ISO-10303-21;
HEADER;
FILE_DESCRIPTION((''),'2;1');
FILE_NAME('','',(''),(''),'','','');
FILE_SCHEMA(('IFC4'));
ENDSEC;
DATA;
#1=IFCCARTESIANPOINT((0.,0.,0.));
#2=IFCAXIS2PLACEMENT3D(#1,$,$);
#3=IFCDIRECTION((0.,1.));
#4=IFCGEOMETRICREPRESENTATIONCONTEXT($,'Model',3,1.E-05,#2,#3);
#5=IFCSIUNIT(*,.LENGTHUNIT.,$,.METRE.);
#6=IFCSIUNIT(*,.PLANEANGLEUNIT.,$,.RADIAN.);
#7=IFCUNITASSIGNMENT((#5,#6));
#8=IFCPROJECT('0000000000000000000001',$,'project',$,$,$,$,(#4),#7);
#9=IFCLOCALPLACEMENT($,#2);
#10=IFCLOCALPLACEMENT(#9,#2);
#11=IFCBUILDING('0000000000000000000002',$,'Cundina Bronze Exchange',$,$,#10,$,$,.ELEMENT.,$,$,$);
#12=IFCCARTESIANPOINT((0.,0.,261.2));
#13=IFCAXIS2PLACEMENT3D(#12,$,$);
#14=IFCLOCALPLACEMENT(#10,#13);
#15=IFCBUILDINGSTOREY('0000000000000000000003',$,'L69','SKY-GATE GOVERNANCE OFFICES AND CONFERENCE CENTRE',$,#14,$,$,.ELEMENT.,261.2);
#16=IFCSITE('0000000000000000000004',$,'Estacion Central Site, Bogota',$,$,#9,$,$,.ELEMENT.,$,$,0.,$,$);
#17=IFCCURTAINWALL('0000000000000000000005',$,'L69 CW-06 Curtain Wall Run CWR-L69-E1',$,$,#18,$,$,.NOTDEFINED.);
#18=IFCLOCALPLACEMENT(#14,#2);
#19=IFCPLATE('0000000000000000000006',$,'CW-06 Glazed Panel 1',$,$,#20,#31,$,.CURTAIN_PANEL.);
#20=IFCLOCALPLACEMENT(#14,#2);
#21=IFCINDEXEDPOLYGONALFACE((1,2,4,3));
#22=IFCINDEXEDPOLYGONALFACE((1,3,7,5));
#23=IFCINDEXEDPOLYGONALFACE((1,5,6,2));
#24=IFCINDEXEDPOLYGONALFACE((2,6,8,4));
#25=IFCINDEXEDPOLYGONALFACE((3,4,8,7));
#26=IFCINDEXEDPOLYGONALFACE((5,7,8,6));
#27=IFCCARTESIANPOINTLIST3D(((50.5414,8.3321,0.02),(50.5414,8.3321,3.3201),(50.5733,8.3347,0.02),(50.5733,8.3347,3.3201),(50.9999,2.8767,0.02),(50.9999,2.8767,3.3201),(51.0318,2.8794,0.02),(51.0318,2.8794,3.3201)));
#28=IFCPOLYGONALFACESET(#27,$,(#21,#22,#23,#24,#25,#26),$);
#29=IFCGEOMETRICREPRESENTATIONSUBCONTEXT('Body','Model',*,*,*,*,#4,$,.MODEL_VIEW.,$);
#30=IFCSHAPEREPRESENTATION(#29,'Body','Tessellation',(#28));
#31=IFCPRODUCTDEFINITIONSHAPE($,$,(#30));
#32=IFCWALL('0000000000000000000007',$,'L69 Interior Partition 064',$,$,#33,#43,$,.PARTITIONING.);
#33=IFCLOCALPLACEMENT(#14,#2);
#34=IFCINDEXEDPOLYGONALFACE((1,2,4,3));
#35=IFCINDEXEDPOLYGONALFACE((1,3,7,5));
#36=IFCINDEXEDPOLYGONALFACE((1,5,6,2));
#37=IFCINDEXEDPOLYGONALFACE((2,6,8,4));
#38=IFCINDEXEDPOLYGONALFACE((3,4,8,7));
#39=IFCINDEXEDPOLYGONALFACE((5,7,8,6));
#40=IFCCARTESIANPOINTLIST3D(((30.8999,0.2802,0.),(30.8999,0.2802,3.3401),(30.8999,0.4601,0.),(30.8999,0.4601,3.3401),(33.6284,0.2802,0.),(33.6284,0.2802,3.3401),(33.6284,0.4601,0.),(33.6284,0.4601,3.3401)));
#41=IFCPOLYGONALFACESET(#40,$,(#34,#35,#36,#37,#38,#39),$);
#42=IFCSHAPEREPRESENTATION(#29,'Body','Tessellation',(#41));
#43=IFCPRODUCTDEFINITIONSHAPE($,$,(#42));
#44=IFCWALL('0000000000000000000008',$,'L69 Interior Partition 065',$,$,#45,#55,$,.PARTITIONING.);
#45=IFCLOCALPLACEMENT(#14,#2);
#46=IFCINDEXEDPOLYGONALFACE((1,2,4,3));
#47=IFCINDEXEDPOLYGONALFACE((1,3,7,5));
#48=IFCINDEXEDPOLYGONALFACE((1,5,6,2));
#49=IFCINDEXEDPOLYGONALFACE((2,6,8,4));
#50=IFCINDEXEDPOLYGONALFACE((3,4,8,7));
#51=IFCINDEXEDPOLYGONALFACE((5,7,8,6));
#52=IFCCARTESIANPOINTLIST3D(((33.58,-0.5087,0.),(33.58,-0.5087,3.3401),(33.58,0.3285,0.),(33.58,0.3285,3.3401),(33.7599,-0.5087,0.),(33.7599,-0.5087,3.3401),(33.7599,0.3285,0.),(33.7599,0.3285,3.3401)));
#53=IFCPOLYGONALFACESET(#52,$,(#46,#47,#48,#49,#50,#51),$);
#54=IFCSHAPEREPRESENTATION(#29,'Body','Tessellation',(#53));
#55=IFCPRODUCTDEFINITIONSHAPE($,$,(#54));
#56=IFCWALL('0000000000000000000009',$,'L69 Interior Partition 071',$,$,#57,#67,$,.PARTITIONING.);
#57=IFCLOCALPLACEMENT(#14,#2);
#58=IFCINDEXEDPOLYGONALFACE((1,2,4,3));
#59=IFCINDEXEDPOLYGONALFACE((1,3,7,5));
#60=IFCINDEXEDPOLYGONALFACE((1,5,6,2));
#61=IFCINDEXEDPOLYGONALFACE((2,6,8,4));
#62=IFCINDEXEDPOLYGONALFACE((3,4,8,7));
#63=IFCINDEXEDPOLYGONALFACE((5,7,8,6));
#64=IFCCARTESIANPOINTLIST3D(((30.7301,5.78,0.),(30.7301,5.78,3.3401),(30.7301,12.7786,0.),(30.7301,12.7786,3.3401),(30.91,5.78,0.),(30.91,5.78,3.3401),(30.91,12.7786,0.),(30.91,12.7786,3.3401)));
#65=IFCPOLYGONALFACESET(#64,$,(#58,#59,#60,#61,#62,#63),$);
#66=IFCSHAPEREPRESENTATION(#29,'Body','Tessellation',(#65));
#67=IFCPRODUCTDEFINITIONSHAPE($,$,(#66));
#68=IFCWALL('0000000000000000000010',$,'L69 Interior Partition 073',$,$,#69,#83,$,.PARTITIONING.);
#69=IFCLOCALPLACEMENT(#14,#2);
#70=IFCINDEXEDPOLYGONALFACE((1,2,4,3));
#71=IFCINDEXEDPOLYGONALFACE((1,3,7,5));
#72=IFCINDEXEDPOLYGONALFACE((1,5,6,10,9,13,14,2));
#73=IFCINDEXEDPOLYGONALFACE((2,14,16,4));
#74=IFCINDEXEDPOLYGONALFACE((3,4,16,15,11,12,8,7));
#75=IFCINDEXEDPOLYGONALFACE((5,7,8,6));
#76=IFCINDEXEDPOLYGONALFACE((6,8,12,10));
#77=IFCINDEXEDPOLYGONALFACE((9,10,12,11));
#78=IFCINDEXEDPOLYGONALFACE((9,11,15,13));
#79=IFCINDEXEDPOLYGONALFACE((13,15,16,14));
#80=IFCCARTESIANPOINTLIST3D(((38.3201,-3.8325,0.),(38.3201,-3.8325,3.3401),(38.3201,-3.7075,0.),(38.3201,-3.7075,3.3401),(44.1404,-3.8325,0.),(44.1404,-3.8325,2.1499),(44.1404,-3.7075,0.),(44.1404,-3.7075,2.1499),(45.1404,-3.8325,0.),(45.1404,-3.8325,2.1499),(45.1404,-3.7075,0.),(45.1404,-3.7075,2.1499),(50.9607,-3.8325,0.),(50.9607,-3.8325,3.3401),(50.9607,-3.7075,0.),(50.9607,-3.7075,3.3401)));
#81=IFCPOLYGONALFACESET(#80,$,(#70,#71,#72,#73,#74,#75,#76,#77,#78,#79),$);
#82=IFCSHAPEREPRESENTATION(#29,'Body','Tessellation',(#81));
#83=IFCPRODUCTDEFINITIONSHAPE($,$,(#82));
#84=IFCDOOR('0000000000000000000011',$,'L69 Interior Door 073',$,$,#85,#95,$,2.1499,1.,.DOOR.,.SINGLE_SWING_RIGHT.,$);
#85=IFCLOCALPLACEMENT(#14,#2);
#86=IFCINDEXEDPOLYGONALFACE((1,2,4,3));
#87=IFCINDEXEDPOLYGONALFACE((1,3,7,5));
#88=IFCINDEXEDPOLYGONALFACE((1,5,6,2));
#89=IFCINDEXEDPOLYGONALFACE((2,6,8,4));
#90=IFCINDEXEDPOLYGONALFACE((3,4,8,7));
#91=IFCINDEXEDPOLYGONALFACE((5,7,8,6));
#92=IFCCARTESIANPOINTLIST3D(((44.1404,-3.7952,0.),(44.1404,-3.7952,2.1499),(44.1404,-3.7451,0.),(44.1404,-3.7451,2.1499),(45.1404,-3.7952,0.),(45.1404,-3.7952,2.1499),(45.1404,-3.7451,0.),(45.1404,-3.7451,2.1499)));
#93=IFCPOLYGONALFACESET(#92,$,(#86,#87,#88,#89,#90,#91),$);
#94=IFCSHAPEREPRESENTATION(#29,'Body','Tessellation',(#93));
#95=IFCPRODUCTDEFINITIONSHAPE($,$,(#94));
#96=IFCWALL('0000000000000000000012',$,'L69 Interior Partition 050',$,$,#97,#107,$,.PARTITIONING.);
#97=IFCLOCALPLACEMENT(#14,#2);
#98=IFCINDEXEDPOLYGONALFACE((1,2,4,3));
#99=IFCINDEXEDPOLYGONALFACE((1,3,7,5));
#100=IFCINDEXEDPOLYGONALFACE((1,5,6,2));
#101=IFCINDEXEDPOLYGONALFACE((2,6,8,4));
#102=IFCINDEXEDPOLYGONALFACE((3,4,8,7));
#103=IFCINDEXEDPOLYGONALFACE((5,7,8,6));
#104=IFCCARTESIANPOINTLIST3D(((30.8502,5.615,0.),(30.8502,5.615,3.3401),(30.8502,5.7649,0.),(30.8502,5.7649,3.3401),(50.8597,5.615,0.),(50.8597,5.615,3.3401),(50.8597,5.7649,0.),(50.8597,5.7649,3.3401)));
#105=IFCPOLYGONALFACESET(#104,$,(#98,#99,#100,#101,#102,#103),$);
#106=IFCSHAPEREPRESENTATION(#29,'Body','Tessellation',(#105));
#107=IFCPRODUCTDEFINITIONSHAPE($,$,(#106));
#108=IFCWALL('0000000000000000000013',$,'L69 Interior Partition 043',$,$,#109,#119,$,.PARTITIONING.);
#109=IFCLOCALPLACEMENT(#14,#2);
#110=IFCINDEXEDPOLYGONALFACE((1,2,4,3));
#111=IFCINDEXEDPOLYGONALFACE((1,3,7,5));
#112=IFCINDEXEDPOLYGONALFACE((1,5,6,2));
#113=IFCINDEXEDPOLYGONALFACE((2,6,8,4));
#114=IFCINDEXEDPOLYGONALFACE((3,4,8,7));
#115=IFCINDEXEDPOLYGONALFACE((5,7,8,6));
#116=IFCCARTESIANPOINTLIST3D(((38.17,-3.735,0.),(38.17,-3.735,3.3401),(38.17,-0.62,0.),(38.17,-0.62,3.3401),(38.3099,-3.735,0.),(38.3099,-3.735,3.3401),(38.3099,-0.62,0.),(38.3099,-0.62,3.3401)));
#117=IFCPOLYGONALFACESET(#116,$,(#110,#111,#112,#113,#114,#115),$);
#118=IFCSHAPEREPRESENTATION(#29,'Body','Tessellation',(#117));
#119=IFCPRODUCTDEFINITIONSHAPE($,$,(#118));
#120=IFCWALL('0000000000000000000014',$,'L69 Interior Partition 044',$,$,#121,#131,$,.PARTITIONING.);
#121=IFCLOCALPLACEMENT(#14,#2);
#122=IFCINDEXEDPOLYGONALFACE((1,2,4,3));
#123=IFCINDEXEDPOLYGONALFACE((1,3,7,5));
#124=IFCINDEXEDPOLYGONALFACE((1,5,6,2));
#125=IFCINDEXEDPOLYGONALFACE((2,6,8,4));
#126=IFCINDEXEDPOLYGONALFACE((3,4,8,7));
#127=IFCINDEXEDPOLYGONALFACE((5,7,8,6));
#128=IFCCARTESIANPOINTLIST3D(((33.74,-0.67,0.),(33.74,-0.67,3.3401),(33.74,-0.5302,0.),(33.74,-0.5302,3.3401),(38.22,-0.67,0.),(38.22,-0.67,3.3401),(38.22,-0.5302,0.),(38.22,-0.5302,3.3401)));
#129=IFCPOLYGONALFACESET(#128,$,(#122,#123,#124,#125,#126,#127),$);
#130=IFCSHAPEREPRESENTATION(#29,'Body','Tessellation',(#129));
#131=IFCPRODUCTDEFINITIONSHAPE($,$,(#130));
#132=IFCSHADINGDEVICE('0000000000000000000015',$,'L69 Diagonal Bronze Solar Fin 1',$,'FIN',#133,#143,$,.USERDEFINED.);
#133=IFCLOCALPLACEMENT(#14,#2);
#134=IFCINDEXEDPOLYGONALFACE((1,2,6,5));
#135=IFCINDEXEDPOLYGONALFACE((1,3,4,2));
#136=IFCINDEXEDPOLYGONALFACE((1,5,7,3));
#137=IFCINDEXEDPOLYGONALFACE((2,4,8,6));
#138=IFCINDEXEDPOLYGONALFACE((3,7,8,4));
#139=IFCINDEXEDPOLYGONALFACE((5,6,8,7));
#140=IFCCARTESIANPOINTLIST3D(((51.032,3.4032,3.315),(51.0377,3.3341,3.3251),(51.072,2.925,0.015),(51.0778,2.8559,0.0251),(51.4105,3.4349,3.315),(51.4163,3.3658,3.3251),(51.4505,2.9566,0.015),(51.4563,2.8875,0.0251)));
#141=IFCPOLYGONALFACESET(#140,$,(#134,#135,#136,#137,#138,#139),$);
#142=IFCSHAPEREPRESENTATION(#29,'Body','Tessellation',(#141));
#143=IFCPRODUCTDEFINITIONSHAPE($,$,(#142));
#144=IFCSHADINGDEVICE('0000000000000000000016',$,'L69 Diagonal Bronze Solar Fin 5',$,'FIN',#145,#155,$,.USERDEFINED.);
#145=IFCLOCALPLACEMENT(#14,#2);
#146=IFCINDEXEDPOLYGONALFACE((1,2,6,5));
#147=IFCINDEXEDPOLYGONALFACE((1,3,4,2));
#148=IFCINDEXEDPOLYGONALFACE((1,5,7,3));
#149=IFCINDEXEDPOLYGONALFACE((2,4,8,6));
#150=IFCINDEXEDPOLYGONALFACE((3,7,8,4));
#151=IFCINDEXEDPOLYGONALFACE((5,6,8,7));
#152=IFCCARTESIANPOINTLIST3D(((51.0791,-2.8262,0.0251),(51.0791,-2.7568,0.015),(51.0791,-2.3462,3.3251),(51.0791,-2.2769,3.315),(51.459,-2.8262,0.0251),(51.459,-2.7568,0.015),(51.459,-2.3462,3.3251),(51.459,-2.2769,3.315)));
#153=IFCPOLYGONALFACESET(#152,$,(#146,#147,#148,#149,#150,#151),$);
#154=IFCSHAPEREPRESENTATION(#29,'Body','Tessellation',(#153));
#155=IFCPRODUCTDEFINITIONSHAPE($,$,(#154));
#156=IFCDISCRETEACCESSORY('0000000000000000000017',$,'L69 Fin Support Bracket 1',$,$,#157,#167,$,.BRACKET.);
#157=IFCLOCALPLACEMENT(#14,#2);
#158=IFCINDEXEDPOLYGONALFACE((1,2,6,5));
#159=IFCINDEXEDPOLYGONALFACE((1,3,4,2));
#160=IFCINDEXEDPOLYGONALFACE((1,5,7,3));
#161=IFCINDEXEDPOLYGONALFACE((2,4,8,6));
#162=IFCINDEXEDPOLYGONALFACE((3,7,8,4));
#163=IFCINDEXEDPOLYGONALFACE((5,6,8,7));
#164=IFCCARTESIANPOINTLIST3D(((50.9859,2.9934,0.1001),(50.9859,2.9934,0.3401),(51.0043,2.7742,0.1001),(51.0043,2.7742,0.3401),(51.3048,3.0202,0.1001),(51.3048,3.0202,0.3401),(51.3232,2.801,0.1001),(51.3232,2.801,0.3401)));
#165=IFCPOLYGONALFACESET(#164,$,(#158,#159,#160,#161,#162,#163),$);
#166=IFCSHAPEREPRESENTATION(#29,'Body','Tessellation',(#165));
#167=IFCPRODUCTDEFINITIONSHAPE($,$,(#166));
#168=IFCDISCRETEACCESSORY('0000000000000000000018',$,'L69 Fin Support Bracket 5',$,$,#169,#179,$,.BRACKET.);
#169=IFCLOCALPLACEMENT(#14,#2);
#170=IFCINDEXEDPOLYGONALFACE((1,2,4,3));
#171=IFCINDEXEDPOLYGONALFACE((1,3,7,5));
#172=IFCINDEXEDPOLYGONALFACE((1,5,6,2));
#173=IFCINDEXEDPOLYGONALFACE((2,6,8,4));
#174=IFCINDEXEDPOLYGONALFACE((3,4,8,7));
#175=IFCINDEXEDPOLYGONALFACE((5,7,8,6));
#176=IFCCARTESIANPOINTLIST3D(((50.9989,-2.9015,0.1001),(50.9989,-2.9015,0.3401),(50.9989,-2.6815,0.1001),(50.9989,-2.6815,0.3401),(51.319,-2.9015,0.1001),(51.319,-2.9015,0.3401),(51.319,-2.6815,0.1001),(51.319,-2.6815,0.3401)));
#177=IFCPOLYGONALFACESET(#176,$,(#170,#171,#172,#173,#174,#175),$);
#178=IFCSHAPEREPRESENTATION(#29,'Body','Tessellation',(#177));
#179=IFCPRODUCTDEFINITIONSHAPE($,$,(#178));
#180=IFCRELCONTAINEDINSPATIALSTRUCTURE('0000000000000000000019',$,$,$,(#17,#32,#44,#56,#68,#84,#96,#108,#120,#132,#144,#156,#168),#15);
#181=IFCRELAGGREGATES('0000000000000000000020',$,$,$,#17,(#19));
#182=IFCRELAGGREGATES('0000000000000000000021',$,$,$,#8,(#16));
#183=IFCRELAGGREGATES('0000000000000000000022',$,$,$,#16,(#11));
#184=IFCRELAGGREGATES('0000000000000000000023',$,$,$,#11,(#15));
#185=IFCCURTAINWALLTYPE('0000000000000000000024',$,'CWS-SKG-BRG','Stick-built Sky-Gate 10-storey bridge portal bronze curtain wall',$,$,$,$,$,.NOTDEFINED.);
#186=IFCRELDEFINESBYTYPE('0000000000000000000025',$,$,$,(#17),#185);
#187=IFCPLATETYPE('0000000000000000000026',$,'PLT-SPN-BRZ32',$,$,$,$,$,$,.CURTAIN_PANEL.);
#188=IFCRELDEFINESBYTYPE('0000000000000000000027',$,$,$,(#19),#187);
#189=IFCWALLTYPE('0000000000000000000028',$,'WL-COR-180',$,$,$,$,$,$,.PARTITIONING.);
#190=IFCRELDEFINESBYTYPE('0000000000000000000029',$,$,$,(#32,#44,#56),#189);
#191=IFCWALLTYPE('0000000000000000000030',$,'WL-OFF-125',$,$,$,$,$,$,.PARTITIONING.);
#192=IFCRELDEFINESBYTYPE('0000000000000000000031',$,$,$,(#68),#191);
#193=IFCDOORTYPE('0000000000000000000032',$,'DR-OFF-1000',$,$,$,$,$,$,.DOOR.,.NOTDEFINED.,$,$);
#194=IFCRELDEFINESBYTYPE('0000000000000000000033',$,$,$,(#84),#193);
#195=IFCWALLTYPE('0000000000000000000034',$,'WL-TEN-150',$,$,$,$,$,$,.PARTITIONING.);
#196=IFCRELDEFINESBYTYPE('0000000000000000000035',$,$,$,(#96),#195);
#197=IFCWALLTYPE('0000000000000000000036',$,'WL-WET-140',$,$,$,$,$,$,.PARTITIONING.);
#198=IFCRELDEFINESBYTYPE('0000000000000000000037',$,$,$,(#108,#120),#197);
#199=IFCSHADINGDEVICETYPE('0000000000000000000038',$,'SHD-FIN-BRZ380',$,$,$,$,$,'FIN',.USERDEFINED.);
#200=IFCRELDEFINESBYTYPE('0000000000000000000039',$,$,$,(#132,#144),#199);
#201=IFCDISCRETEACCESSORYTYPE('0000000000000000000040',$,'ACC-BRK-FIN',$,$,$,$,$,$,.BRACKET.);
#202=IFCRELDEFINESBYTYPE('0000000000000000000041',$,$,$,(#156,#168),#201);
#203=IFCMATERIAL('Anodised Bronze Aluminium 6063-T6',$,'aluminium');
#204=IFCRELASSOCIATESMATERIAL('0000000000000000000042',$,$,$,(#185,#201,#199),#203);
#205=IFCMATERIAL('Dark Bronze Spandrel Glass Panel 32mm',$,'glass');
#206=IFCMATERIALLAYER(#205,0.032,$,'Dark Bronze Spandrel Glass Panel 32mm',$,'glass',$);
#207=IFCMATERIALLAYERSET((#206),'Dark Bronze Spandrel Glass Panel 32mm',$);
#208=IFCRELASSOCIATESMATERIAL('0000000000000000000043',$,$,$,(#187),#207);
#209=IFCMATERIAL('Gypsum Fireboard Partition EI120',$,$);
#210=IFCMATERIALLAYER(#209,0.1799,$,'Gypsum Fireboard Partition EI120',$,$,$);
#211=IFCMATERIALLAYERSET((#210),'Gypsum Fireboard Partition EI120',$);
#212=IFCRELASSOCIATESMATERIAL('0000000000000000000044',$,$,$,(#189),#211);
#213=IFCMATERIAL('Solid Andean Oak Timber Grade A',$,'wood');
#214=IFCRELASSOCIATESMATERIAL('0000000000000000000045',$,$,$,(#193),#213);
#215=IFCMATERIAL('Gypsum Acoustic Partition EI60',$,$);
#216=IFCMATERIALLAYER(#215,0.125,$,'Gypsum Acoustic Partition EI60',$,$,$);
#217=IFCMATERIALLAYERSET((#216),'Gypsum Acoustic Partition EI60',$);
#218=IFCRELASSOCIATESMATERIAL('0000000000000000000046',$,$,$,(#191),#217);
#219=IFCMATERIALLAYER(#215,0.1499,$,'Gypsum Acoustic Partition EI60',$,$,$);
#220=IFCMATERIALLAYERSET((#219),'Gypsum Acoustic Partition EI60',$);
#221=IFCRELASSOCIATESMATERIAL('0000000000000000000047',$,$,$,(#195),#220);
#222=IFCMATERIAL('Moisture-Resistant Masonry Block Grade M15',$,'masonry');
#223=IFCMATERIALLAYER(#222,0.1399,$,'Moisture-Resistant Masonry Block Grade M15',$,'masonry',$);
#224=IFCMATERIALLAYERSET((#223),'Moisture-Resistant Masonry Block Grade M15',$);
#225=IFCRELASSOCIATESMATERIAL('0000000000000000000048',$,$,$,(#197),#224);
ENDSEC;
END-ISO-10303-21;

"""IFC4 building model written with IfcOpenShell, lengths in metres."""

from ifc_helpers import new_model, si_unit, direction, frame, frame_2d, origin, origin_2d, place, context, subcontext, project, spatial, rectangle, extrude, material, layer, layer_set, material_profile, profile_set, type_object, element, fill, aggregate, save


model = new_model("IFC4")

# Units and contexts
model_context = context("Model", 3, precision=1e-05, world=origin(), true_north=direction((0.0, 1.0)))
body_context = subcontext(model_context, "Body", "Model", "MODEL_VIEW")
ifc_project = project(units=[si_unit("LENGTHUNIT", "METRE"), si_unit("PLANEANGLEUNIT", "RADIAN")], contexts=[model_context])

# Site, building, storey
site_placement = place(None, origin())
site = spatial("IfcSite", under=ifc_project, at=site_placement, Name="Estacion Central Site, Bogota", CompositionType="ELEMENT", RefElevation=0.0)
building_placement = place(site_placement, origin())
building = spatial("IfcBuilding", under=site, at=building_placement, Name="Cundina Bronze Exchange", CompositionType="ELEMENT")
storey_placement = place(building_placement, frame((0.0, 0.0, 261.2)))
storey = spatial("IfcBuildingStorey", under=building, at=storey_placement, Name="L69", Description="SKY-GATE GOVERNANCE OFFICES AND CONFERENCE CENTRE", CompositionType="ELEMENT", Elevation=261.2)

# Curtain wall
ifc_material_1 = material(Name="Anodised Bronze Aluminium 6063-T6", Category="aluminium")
curtain_wall_type = type_object("IfcCurtainWallType", Name="CWS-SKG-BRG", Description="Stick-built Sky-Gate 10-storey bridge portal bronze curtain wall", PredefinedType="NOTDEFINED", material=ifc_material_1)
curtain_wall_1_placement = place(storey_placement, origin())
curtain_wall_1 = element("IfcCurtainWall", 1, at=curtain_wall_1_placement, inside=storey, type_object=curtain_wall_type, Name="L69 CW-06 Curtain Wall Run CWR-L69-E1", PredefinedType="NOTDEFINED")

# Plate
ifc_material_2 = material(Name="Dark Bronze Spandrel Glass Panel 32mm", Category="glass")
ifc_layer_1 = layer(ifc_material_2, 0.032, Name="Dark Bronze Spandrel Glass Panel 32mm", Category="glass")
ifc_layer_set_1 = layer_set([ifc_layer_1], Name="Dark Bronze Spandrel Glass Panel 32mm")
plate_type_1 = type_object("IfcPlateType", Name="PLT-SPN-BRZ32", PredefinedType="CURTAIN_PANEL", material=ifc_layer_set_1)
plate_1_placement = place(storey_placement, frame((50.7866, 5.6057, 0.02), z_axis=(0.0, 0.0, 1.0), x_axis=(-0.083747, 0.996487, 0.0)))
plate_1 = element("IfcPlate", 2, at=plate_1_placement, type_object=plate_type_1, Name="CW-06 Glazed Panel 1", PredefinedType="CURTAIN_PANEL", context=body_context, shape_type="SweptSolid", body=[
    extrude(rectangle(XDim=5.4746, YDim=0.032, at=origin_2d()), origin(), (0.0, 0.0, 1.0), 3.3),
])
aggregate(curtain_wall_1, [plate_1])

# Shared definitions
ifc_material_3 = material(Name="Gypsum Fireboard Partition EI120")
ifc_layer_2 = layer(ifc_material_3, 0.1799, Name="Gypsum Fireboard Partition EI120")
ifc_layer_set_2 = layer_set([ifc_layer_2], Name="Gypsum Fireboard Partition EI120")
wall_type_1 = type_object("IfcWallType", Name="WL-COR-180", PredefinedType="PARTITIONING", material=ifc_layer_set_2)
ifc_material_4 = material(Name="Solid Andean Oak Timber Grade A", Category="wood")
door_type = type_object("IfcDoorType", Name="DR-OFF-1000", OperationType="NOTDEFINED", PredefinedType="DOOR", material=ifc_material_4)

# Walls
wall_1_placement = place(storey_placement, frame((33.6284, 0.3701, 0.0), z_axis=(0.0, 0.0, 1.0), x_axis=(-1.0, 0.0, 0.0)))
element("IfcWall", 3, at=wall_1_placement, inside=storey, type_object=wall_type_1, Name="L69 Interior Partition 064", PredefinedType="PARTITIONING", context=body_context, shape_type="SweptSolid", body=[
    extrude(rectangle(XDim=2.7285, YDim=0.1799, at=frame_2d((1.3643, 0.0))), origin(), (0.0, 0.0, 1.0), 3.3401),
])
wall_2_placement = place(storey_placement, frame((33.6699, -0.5085, 0.0), z_axis=(0.0, 0.0, 1.0), x_axis=(0.0, 1.0, 0.0)))
element("IfcWall", 4, at=wall_2_placement, inside=storey, type_object=wall_type_1, Name="L69 Interior Partition 065", PredefinedType="PARTITIONING", context=body_context, shape_type="SweptSolid", body=[
    extrude(rectangle(XDim=0.8372, YDim=0.1799, at=frame_2d((0.4185, 0.0))), origin(), (0.0, 0.0, 1.0), 3.3401),
])
wall_3_placement = place(storey_placement, frame((30.8201, 5.78, 0.0), z_axis=(0.0, 0.0, 1.0), x_axis=(0.0, 1.0, 0.0)))
element("IfcWall", 5, at=wall_3_placement, inside=storey, type_object=wall_type_1, Name="L69 Interior Partition 071", PredefinedType="PARTITIONING", context=body_context, shape_type="SweptSolid", body=[
    extrude(rectangle(XDim=6.9985, YDim=0.1799, at=frame_2d((3.4993, 0.0))), origin(), (0.0, 0.0, 1.0), 3.3401),
])

# Wall, opening, door
ifc_material_5 = material(Name="Gypsum Acoustic Partition EI60")
ifc_layer_3 = layer(ifc_material_5, 0.125, Name="Gypsum Acoustic Partition EI60")
ifc_layer_set_3 = layer_set([ifc_layer_3], Name="Gypsum Acoustic Partition EI60")
wall_type_2 = type_object("IfcWallType", Name="WL-OFF-125", PredefinedType="PARTITIONING", material=ifc_layer_set_3)
wall_4_placement = place(storey_placement, frame((38.3201, -3.77, 0.0), z_axis=(0.0, 0.0, 1.0), x_axis=(1.0, 0.0, 0.0)))
wall_4 = element("IfcWall", 6, at=wall_4_placement, inside=storey, type_object=wall_type_2, Name="L69 Interior Partition 073", PredefinedType="PARTITIONING", context=body_context, shape_type="SweptSolid", body=[
    extrude(rectangle(XDim=12.6406, YDim=0.125, at=frame_2d((6.3203, 0.0))), origin(), (0.0, 0.0, 1.0), 3.3401),
])
opening_1_placement = place(wall_4_placement, frame((5.8203, 0.0, 0.0)))
opening_1 = element("IfcOpeningElement", 7, at=opening_1_placement, cuts=wall_4, PredefinedType="OPENING", context=body_context, shape_type="SweptSolid", body=[
    extrude(rectangle(XDim=1.0, YDim=2.1499, at=frame_2d((0.5, 1.075))), frame((0.0, 0.0725, 0.0), z_axis=(0.0, -1.0, 0.0), x_axis=(1.0, 0.0, 0.0)), (0.0, 0.0, 1.0), 0.145),
])
door_1_placement = place(opening_1_placement, origin())
door_1 = element("IfcDoor", 8, at=door_1_placement, inside=storey, type_object=door_type, Name="L69 Interior Door 073", OperationType="SINGLE_SWING_RIGHT", OverallHeight=2.1499, OverallWidth=1.0, PredefinedType="DOOR", context=body_context, shape_type="SweptSolid", body=[
    extrude(rectangle(XDim=1.0, YDim=2.1499, at=frame_2d((0.5, 1.075))), frame((0.0, 0.0249, 0.0), z_axis=(0.0, -1.0, 0.0), x_axis=(1.0, 0.0, 0.0)), (0.0, 0.0, 1.0), 0.05),
])
fill(opening_1, door_1)

# Walls
ifc_layer_4 = layer(ifc_material_5, 0.1499, Name="Gypsum Acoustic Partition EI60")
ifc_layer_set_4 = layer_set([ifc_layer_4], Name="Gypsum Acoustic Partition EI60")
wall_type_3 = type_object("IfcWallType", Name="WL-TEN-150", PredefinedType="PARTITIONING", material=ifc_layer_set_4)
wall_5_placement = place(storey_placement, frame((30.8501, 5.6899, 0.0), z_axis=(0.0, 0.0, 1.0), x_axis=(1.0, 0.0, 0.0)))
element("IfcWall", 9, at=wall_5_placement, inside=storey, type_object=wall_type_3, Name="L69 Interior Partition 050", PredefinedType="PARTITIONING", context=body_context, shape_type="SweptSolid", body=[
    extrude(rectangle(XDim=20.0095, YDim=0.1499, at=frame_2d((10.0049, 0.0))), origin(), (0.0, 0.0, 1.0), 3.3401),
])
ifc_material_6 = material(Name="Moisture-Resistant Masonry Block Grade M15", Category="masonry")
ifc_layer_5 = layer(ifc_material_6, 0.1399, Name="Moisture-Resistant Masonry Block Grade M15", Category="masonry")
ifc_layer_set_5 = layer_set([ifc_layer_5], Name="Moisture-Resistant Masonry Block Grade M15")
wall_type_4 = type_object("IfcWallType", Name="WL-WET-140", PredefinedType="PARTITIONING", material=ifc_layer_set_5)
wall_6_placement = place(storey_placement, frame((38.24, -3.7351, 0.0), z_axis=(0.0, 0.0, 1.0), x_axis=(0.0, 1.0, 0.0)))
element("IfcWall", 10, at=wall_6_placement, inside=storey, type_object=wall_type_4, Name="L69 Interior Partition 043", PredefinedType="PARTITIONING", context=body_context, shape_type="SweptSolid", body=[
    extrude(rectangle(XDim=3.115, YDim=0.1399, at=frame_2d((1.5576, 0.0))), origin(), (0.0, 0.0, 1.0), 3.3401),
])
wall_7_placement = place(storey_placement, frame((33.74, -0.6001, 0.0), z_axis=(0.0, 0.0, 1.0), x_axis=(1.0, 0.0, 0.0)))
element("IfcWall", 11, at=wall_7_placement, inside=storey, type_object=wall_type_4, Name="L69 Interior Partition 044", PredefinedType="PARTITIONING", context=body_context, shape_type="SweptSolid", body=[
    extrude(rectangle(XDim=4.48, YDim=0.1399, at=frame_2d((2.24, 0.0))), origin(), (0.0, 0.0, 1.0), 3.3401),
])

# Shading devices
ifc_material_profile_1 = material_profile(ifc_material_1, rectangle(XDim=0.0701, YDim=0.3799, at=origin_2d()), Name="FIN70X380", Category="aluminium")
ifc_profile_set_1 = profile_set([ifc_material_profile_1], Name="Anodised Bronze Aluminium 6063-T6")
shading_device_type = type_object("IfcShadingDeviceType", Name="SHD-FIN-BRZ380", ElementType="FIN", PredefinedType="USERDEFINED", material=ifc_profile_set_1)
for number, where, z_axis, x_axis, name in (
    (12, (51.2642, 2.9062, 0.02), (-0.012007, 0.14342, 0.989589), (0.082556, -0.98614, 0.143921), "L69 Diagonal Bronze Solar Fin 1"),
    (13, (51.269, -2.7915, 0.02), (0.0, 0.143932, 0.989588), (0.0, -0.989588, 0.143932), "L69 Diagonal Bronze Solar Fin 5"),
):
    element("IfcShadingDevice", number, at=place(storey_placement, frame(where, z_axis=z_axis, x_axis=x_axis)), inside=storey, type_object=shading_device_type, Name=name, ObjectType="FIN", PredefinedType="USERDEFINED", context=body_context, shape_type="SweptSolid", body=[
        extrude(rectangle(XDim=0.0701, YDim=0.3799, at=origin_2d()), origin(), (0.0, 0.0, 1.0), 3.3347),
    ])

# Discrete accessories
discrete_accessory_type = type_object("IfcDiscreteAccessoryType", Name="ACC-BRK-FIN", PredefinedType="BRACKET", material=ifc_material_1)
for number, where, z_axis, x_axis, name in (
    (14, (51.1545, 2.8972, 0.1001), (0.0, 0.0, 1.0), (-0.083747, 0.996487, 0.0), "L69 Fin Support Bracket 1"),
    (15, (51.1589, -2.7915, 0.1001), (0.0, 0.0, 1.0), (0.0, 1.0, 0.0), "L69 Fin Support Bracket 5"),
):
    element("IfcDiscreteAccessory", number, at=place(storey_placement, frame(where, z_axis=z_axis, x_axis=x_axis)), inside=storey, type_object=discrete_accessory_type, Name=name, PredefinedType="BRACKET", context=body_context, shape_type="SweptSolid", body=[
        extrude(rectangle(XDim=0.22, YDim=0.3201, at=origin_2d()), origin(), (0.0, 0.0, 1.0), 0.24),
    ])

save(model, "model.ifc")
